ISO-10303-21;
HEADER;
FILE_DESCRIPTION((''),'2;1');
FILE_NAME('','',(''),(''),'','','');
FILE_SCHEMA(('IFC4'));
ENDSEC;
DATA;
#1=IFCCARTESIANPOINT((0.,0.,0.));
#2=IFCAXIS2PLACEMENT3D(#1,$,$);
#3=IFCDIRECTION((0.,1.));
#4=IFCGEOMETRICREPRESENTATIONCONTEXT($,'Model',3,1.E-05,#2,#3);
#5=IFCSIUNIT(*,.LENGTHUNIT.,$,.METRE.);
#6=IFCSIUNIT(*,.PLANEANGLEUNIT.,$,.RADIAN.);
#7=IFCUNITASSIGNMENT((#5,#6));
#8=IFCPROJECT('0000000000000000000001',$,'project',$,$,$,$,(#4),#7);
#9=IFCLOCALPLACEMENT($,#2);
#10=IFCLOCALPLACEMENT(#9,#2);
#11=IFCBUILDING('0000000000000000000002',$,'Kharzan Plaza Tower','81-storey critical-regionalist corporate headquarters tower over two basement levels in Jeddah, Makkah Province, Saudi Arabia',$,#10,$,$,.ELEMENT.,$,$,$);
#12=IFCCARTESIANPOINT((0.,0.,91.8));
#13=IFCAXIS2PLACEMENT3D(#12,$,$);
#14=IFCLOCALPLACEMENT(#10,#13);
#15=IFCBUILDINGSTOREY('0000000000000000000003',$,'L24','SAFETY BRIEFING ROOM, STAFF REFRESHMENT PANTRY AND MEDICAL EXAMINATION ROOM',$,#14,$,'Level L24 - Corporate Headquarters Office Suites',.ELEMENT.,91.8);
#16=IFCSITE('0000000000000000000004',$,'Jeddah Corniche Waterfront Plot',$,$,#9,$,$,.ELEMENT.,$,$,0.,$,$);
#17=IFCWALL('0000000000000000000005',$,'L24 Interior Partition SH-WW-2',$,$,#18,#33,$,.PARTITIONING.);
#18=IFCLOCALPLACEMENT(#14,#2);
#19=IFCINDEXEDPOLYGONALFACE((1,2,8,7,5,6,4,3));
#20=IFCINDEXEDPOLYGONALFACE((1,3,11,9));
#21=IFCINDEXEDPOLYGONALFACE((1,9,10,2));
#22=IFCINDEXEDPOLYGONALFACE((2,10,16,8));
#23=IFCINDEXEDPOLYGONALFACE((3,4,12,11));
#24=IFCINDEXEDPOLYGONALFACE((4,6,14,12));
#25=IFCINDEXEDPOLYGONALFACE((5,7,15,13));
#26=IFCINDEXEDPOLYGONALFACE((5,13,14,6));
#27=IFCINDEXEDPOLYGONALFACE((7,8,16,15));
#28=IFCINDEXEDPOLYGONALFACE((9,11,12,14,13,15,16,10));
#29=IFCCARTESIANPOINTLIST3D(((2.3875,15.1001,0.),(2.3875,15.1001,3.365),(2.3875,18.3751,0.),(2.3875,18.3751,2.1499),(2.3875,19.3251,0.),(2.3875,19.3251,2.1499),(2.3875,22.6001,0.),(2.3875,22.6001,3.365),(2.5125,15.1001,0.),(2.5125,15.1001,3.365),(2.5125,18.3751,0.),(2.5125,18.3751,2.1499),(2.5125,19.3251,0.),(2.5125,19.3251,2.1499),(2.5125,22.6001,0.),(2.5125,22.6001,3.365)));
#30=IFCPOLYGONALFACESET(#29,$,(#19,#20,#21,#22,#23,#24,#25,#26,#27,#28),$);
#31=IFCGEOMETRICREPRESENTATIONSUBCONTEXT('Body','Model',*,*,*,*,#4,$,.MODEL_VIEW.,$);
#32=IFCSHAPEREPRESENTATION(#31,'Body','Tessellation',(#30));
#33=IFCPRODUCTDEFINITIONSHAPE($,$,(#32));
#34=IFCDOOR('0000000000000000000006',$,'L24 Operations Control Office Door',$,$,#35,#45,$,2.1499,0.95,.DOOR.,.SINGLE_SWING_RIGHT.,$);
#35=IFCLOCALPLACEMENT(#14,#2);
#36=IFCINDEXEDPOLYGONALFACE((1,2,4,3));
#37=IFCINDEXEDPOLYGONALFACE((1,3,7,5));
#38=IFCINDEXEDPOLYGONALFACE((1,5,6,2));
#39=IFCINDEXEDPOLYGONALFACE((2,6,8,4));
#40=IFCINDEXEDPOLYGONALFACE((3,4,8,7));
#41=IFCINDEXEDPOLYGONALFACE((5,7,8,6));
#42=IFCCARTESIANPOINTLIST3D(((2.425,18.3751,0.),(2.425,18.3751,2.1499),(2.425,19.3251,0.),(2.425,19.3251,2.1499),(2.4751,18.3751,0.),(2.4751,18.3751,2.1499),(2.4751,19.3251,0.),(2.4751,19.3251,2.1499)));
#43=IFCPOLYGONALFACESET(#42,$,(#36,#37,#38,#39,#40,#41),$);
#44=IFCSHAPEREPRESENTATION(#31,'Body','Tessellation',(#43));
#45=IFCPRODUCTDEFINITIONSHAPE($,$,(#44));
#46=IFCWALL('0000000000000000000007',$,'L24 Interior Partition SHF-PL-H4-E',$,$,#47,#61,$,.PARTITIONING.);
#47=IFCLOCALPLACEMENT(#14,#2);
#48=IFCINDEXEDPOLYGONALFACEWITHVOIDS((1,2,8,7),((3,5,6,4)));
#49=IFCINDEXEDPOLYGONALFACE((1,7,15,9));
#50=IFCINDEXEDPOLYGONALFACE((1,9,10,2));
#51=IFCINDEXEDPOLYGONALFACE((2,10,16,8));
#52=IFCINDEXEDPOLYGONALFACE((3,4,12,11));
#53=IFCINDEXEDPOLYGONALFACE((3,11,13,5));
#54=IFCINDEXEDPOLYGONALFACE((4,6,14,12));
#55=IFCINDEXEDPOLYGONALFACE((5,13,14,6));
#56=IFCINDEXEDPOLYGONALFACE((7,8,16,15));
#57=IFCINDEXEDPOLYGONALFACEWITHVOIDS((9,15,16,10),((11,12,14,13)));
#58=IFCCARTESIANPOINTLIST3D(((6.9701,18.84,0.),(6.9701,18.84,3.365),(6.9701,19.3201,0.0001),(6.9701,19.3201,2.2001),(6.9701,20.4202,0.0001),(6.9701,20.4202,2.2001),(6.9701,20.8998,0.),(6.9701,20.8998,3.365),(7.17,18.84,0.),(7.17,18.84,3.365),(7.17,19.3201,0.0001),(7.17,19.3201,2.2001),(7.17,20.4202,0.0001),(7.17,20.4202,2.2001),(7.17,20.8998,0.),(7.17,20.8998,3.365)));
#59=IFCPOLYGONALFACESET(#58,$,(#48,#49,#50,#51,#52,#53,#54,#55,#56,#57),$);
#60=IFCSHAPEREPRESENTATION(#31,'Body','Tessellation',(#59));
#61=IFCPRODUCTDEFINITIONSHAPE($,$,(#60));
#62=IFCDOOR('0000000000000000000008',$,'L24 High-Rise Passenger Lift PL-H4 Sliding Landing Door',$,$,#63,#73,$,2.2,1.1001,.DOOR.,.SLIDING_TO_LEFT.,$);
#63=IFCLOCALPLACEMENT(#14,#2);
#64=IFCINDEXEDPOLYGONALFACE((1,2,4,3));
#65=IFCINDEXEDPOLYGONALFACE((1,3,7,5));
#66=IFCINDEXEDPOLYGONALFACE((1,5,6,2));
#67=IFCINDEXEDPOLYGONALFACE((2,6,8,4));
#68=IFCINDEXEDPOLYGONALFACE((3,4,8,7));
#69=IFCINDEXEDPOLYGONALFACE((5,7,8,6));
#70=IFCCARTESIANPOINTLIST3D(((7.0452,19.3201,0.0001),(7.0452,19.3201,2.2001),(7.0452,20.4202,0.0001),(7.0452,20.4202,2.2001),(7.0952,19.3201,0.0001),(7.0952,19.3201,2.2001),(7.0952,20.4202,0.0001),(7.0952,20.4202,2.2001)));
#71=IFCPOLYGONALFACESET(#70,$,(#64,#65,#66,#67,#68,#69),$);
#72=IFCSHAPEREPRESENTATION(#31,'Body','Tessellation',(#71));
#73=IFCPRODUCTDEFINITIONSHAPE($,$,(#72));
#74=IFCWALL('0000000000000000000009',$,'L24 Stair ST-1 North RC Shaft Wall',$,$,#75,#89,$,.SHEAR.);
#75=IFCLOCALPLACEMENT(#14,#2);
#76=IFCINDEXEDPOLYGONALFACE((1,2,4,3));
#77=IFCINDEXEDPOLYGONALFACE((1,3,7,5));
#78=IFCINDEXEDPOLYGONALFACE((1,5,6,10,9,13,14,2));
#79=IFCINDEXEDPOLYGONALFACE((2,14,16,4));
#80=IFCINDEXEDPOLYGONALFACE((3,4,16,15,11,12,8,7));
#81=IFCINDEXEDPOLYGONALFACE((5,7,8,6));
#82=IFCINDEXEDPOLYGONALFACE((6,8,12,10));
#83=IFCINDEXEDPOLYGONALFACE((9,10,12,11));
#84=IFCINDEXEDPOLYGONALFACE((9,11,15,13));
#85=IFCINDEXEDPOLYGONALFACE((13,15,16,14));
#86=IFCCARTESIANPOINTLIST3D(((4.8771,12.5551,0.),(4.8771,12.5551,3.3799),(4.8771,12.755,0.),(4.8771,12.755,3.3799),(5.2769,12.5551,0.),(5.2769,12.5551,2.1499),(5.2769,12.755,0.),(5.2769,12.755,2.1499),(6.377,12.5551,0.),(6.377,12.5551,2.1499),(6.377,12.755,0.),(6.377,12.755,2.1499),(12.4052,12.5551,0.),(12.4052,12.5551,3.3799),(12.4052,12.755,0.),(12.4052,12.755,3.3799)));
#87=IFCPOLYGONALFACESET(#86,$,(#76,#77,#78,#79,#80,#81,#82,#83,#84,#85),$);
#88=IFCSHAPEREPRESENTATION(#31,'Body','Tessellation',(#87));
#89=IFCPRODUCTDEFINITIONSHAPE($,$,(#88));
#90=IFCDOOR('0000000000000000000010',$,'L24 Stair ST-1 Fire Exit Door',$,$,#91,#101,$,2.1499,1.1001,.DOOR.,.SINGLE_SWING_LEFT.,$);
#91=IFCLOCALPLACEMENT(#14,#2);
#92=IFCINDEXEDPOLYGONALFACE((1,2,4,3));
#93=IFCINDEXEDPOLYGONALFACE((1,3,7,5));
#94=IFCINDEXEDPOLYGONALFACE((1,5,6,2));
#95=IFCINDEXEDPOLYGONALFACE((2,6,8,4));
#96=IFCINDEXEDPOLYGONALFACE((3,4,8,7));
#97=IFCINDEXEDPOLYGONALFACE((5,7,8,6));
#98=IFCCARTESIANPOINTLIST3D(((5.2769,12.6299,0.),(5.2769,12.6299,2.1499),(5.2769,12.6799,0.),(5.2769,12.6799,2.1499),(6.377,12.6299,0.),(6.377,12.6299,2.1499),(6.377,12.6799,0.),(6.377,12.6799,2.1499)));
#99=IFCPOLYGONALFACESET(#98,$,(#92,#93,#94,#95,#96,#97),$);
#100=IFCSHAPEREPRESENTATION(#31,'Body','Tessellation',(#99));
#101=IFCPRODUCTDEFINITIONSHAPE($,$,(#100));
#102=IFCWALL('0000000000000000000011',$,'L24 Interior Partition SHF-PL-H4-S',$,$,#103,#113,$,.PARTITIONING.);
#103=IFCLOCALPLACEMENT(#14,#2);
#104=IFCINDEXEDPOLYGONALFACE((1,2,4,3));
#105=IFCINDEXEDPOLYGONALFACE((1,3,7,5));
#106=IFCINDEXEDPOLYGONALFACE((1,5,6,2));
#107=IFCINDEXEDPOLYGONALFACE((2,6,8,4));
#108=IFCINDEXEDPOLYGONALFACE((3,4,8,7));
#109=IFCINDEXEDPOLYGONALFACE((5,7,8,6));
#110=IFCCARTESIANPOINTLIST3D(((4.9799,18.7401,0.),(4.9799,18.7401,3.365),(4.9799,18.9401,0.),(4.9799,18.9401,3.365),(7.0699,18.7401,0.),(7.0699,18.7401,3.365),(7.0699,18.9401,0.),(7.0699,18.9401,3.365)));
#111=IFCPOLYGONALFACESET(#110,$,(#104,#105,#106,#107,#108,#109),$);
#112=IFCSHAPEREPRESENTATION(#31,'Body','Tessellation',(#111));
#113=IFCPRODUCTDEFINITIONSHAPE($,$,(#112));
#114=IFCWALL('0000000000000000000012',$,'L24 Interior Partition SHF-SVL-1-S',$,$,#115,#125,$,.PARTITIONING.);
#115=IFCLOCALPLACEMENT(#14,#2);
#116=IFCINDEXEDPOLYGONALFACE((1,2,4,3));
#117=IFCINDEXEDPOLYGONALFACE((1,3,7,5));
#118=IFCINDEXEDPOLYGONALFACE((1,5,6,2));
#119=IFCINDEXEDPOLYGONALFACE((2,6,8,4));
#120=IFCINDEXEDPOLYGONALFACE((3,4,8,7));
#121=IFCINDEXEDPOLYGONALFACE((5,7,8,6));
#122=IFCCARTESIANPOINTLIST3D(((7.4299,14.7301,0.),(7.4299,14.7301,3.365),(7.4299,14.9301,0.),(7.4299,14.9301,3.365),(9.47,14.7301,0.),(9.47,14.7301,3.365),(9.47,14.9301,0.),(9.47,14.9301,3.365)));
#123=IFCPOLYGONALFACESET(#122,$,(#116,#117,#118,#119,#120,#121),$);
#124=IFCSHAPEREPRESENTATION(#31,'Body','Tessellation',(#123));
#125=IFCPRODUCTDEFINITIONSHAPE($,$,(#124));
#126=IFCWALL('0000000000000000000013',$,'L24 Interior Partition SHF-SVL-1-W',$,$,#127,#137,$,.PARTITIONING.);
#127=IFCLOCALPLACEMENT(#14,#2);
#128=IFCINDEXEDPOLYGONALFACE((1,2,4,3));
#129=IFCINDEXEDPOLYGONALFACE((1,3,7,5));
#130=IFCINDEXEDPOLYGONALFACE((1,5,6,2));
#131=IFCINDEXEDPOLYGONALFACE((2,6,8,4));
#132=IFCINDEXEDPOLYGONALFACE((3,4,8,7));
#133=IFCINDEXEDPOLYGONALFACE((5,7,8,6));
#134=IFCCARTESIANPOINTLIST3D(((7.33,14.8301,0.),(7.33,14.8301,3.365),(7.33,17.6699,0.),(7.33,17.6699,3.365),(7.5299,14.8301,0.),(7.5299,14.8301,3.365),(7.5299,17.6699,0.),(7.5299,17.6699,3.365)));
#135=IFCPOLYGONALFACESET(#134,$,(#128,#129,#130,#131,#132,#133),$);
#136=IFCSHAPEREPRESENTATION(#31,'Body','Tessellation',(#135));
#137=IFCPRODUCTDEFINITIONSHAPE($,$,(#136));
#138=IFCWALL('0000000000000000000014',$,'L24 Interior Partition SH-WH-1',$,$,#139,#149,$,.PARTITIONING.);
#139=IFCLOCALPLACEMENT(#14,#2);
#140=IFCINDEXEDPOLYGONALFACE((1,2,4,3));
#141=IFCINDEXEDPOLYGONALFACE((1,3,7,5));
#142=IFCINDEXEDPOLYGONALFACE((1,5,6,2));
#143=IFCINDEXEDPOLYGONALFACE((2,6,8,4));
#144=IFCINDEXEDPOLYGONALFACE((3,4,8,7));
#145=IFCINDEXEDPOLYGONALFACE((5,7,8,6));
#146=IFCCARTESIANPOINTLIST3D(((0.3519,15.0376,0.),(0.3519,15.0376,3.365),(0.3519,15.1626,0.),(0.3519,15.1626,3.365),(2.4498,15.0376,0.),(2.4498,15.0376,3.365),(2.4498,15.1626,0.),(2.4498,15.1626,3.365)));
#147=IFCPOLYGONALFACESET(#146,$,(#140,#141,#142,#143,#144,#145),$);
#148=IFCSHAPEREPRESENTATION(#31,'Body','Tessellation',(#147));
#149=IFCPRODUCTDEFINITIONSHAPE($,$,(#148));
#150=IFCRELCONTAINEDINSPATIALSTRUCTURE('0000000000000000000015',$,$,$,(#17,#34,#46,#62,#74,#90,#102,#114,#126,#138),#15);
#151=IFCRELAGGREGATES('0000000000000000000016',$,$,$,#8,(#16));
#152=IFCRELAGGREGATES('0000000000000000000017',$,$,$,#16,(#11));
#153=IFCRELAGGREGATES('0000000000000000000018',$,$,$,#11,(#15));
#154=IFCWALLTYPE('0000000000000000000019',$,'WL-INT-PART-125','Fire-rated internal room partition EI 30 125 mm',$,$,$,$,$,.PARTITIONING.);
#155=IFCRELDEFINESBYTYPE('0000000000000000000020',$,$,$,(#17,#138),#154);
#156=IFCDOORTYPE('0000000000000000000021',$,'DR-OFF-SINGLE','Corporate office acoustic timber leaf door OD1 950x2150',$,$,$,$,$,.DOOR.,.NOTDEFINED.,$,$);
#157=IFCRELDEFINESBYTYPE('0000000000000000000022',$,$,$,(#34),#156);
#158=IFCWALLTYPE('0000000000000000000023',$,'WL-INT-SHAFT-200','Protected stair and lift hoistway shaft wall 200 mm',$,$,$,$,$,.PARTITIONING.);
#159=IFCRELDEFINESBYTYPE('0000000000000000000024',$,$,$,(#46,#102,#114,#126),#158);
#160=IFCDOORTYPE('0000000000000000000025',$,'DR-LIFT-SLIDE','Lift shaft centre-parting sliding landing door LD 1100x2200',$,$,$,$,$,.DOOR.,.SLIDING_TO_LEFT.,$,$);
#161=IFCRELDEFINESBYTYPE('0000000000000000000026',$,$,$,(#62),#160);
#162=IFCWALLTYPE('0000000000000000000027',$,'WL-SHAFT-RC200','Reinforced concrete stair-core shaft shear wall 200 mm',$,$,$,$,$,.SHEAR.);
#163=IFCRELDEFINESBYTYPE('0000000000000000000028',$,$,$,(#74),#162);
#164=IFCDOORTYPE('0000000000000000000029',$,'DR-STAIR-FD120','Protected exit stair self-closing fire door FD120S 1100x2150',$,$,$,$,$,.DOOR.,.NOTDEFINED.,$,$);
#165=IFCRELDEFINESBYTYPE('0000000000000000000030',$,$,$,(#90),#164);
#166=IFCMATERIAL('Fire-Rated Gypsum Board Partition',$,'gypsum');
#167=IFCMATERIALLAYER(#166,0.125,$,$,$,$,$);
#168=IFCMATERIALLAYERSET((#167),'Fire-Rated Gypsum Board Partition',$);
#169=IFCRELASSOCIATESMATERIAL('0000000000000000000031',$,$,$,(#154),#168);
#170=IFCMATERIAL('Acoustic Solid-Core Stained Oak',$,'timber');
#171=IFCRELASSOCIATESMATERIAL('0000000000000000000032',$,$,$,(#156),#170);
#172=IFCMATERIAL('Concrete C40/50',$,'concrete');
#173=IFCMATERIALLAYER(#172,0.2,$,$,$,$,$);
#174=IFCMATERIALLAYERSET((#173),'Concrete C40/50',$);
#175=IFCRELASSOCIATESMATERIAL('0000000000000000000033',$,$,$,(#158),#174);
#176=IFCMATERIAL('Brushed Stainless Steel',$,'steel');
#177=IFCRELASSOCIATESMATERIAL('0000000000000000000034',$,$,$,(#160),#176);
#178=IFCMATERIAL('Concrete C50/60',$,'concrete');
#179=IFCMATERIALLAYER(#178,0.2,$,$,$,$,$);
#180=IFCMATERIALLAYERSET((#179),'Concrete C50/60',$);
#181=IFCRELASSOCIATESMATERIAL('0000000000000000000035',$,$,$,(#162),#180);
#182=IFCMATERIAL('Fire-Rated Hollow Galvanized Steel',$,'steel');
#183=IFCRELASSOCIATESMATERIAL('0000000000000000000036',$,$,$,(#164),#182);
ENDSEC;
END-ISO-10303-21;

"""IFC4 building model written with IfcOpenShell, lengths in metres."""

from ifc_helpers import new_model, si_unit, direction, frame, frame_2d, origin, place, context, subcontext, project, spatial, rectangle, extrude, source, transform, mapped, material, layer, layer_set, type_object, element, fill, save


model = new_model("IFC4")

# Units and contexts
model_context = context("Model", 3, precision=1e-05, world=origin(), true_north=direction((0.0, 1.0)))
body_context = subcontext(model_context, "Body", "Model", "MODEL_VIEW")
ifc_project = project(units=[si_unit("LENGTHUNIT", "METRE"), si_unit("PLANEANGLEUNIT", "RADIAN")], contexts=[model_context])

# Site, building, storey
site_placement = place(None, origin())
site = spatial("IfcSite", under=ifc_project, at=site_placement, Name="Jeddah Corniche Waterfront Plot", CompositionType="ELEMENT", RefElevation=0.0)
building_placement = place(site_placement, origin())
building = spatial("IfcBuilding", under=site, at=building_placement, Name="Kharzan Plaza Tower", Description="81-storey critical-regionalist corporate headquarters tower over two basement levels in Jeddah, Makkah Province, Saudi Arabia", CompositionType="ELEMENT")
storey_placement = place(building_placement, frame((0.0, 0.0, 91.8)))
storey = spatial("IfcBuildingStorey", under=building, at=storey_placement, Name="L24", Description="SAFETY BRIEFING ROOM, STAFF REFRESHMENT PANTRY AND MEDICAL EXAMINATION ROOM", LongName="Level L24 - Corporate Headquarters Office Suites", CompositionType="ELEMENT", Elevation=91.8)

# Shared definitions
ifc_material_1 = material(Name="Concrete C40/50", Category="concrete")

# Walls, openings, doors
ifc_material_2 = material(Name="Fire-Rated Gypsum Board Partition", Category="gypsum")
ifc_layer_1 = layer(ifc_material_2, 0.125)
ifc_layer_set_1 = layer_set([ifc_layer_1], Name="Fire-Rated Gypsum Board Partition")
wall_type_1 = type_object("IfcWallType", Name="WL-INT-PART-125", Description="Fire-rated internal room partition EI 30 125 mm", PredefinedType="PARTITIONING", material=ifc_layer_set_1)
wall_1_placement = place(storey_placement, frame((2.45, 15.1001, 0.0), z_axis=(0.0, 0.0, 1.0), x_axis=(0.0, 1.0, 0.0)))
wall_1 = element("IfcWall", 1, at=wall_1_placement, inside=storey, type_object=wall_type_1, Name="L24 Interior Partition SH-WW-2", PredefinedType="PARTITIONING", context=body_context, shape_type="SweptSolid", body=[
    extrude(rectangle(XDim=7.5, YDim=0.125, at=frame_2d((3.75, 0.0))), origin(), (0.0, 0.0, 1.0), 3.365),
])
opening_1_placement = place(wall_1_placement, frame((3.2749, 0.0, 0.0)))
opening_1 = element("IfcOpeningElement", 2, at=opening_1_placement, cuts=wall_1, PredefinedType="OPENING", context=body_context, shape_type="SweptSolid", body=[
    extrude(rectangle(XDim=0.95, YDim=2.1499, at=frame_2d((0.4751, 1.075))), frame((0.0, 0.0725, 0.0), z_axis=(0.0, -1.0, 0.0), x_axis=(1.0, 0.0, 0.0)), (0.0, 0.0, 1.0), 0.145),
])
ifc_material_3 = material(Name="Acoustic Solid-Core Stained Oak", Category="timber")
door_type_1 = type_object("IfcDoorType", Name="DR-OFF-SINGLE", Description="Corporate office acoustic timber leaf door OD1 950x2150", OperationType="NOTDEFINED", PredefinedType="DOOR", material=ifc_material_3)
shared_shape_1 = source(origin(), body_context, "Body", "SweptSolid", [
    extrude(rectangle(XDim=0.95, YDim=2.1499, at=frame_2d((0.4751, 1.075))), frame((0.0, 0.0249, 0.0), z_axis=(0.0, -1.0, 0.0), x_axis=(1.0, 0.0, 0.0)), (0.0, 0.0, 1.0), 0.05),
])
door_1_placement = place(opening_1_placement, origin())
door_1 = element("IfcDoor", 3, at=door_1_placement, inside=storey, type_object=door_type_1, Name="L24 Operations Control Office Door", OperationType="SINGLE_SWING_RIGHT", OverallHeight=2.1499, OverallWidth=0.95, PredefinedType="DOOR", context=body_context, shape_type="MappedRepresentation", body=[
    mapped(shared_shape_1, transform((0.0, 0.0, 0.0), x_axis=(1.0, 0.0, 0.0), y_axis=(0.0, 1.0, 0.0), z_axis=(0.0, 0.0, 1.0))),
])
fill(opening_1, door_1)
ifc_layer_2 = layer(ifc_material_1, 0.2)
ifc_layer_set_2 = layer_set([ifc_layer_2], Name="Concrete C40/50")
wall_type_2 = type_object("IfcWallType", Name="WL-INT-SHAFT-200", Description="Protected stair and lift hoistway shaft wall 200 mm", PredefinedType="PARTITIONING", material=ifc_layer_set_2)
wall_2_placement = place(storey_placement, frame((7.0701, 18.8401, 0.0), z_axis=(0.0, 0.0, 1.0), x_axis=(0.0, 1.0, 0.0)))
wall_2 = element("IfcWall", 4, at=wall_2_placement, inside=storey, type_object=wall_type_2, Name="L24 Interior Partition SHF-PL-H4-E", PredefinedType="PARTITIONING", context=body_context, shape_type="SweptSolid", body=[
    extrude(rectangle(XDim=2.0598, YDim=0.2, at=frame_2d((1.0298, 0.0))), origin(), (0.0, 0.0, 1.0), 3.365),
])
opening_2_placement = place(wall_2_placement, frame((0.48, 0.0, 0.0)))
opening_2 = element("IfcOpeningElement", 5, at=opening_2_placement, cuts=wall_2, PredefinedType="OPENING", context=body_context, shape_type="SweptSolid", body=[
    extrude(rectangle(XDim=1.1001, YDim=2.2, at=frame_2d((0.55, 1.1001))), frame((0.0, 0.1099, 0.0), z_axis=(0.0, -1.0, 0.0), x_axis=(1.0, 0.0, 0.0)), (0.0, 0.0, 1.0), 0.22),
])
ifc_material_4 = material(Name="Brushed Stainless Steel", Category="steel")
door_type_2 = type_object("IfcDoorType", Name="DR-LIFT-SLIDE", Description="Lift shaft centre-parting sliding landing door LD 1100x2200", OperationType="SLIDING_TO_LEFT", PredefinedType="DOOR", material=ifc_material_4)
shared_shape_2 = source(origin(), body_context, "Body", "SweptSolid", [
    extrude(rectangle(XDim=1.1001, YDim=2.2, at=frame_2d((0.55, 1.1001))), frame((0.0, 0.0249, 0.0), z_axis=(0.0, -1.0, 0.0), x_axis=(1.0, 0.0, 0.0)), (0.0, 0.0, 1.0), 0.05),
])
door_2_placement = place(opening_2_placement, origin())
door_2 = element("IfcDoor", 6, at=door_2_placement, inside=storey, type_object=door_type_2, Name="L24 High-Rise Passenger Lift PL-H4 Sliding Landing Door", OperationType="SLIDING_TO_LEFT", OverallHeight=2.2, OverallWidth=1.1001, PredefinedType="DOOR", context=body_context, shape_type="MappedRepresentation", body=[
    mapped(shared_shape_2, transform((0.0, 0.0, 0.0), x_axis=(1.0, 0.0, 0.0), y_axis=(0.0, 1.0, 0.0), z_axis=(0.0, 0.0, 1.0))),
])
fill(opening_2, door_2)
ifc_material_5 = material(Name="Concrete C50/60", Category="concrete")
ifc_layer_3 = layer(ifc_material_5, 0.2)
ifc_layer_set_3 = layer_set([ifc_layer_3], Name="Concrete C50/60")
wall_type_3 = type_object("IfcWallType", Name="WL-SHAFT-RC200", Description="Reinforced concrete stair-core shaft shear wall 200 mm", PredefinedType="SHEAR", material=ifc_layer_set_3)
wall_3_placement = place(storey_placement, frame((4.877, 12.655, 0.0), z_axis=(0.0, 0.0, 1.0), x_axis=(1.0, 0.0, 0.0)))
wall_3 = element("IfcWall", 7, at=wall_3_placement, inside=storey, type_object=wall_type_3, Name="L24 Stair ST-1 North RC Shaft Wall", PredefinedType="SHEAR", context=body_context, shape_type="SweptSolid", body=[
    extrude(rectangle(XDim=7.5281, YDim=0.2, at=frame_2d((3.7642, 0.0))), origin(), (0.0, 0.0, 1.0), 3.3799),
])
opening_3_placement = place(wall_3_placement, frame((0.3999, 0.0, 0.0)))
opening_3 = element("IfcOpeningElement", 8, at=opening_3_placement, cuts=wall_3, PredefinedType="OPENING", context=body_context, shape_type="SweptSolid", body=[
    extrude(rectangle(XDim=1.1001, YDim=2.1499, at=frame_2d((0.55, 1.075))), frame((0.0, 0.1099, 0.0), z_axis=(0.0, -1.0, 0.0), x_axis=(1.0, 0.0, 0.0)), (0.0, 0.0, 1.0), 0.22),
])
ifc_material_6 = material(Name="Fire-Rated Hollow Galvanized Steel", Category="steel")
door_type_3 = type_object("IfcDoorType", Name="DR-STAIR-FD120", Description="Protected exit stair self-closing fire door FD120S 1100x2150", OperationType="NOTDEFINED", PredefinedType="DOOR", material=ifc_material_6)
shared_shape_3 = source(origin(), body_context, "Body", "SweptSolid", [
    extrude(rectangle(XDim=1.1001, YDim=2.1499, at=frame_2d((0.55, 1.075))), frame((0.0, 0.0249, 0.0), z_axis=(0.0, -1.0, 0.0), x_axis=(1.0, 0.0, 0.0)), (0.0, 0.0, 1.0), 0.05),
])
door_3_placement = place(opening_3_placement, origin())
door_3 = element("IfcDoor", 9, at=door_3_placement, inside=storey, type_object=door_type_3, Name="L24 Stair ST-1 Fire Exit Door", OperationType="SINGLE_SWING_LEFT", OverallHeight=2.1499, OverallWidth=1.1001, PredefinedType="DOOR", context=body_context, shape_type="MappedRepresentation", body=[
    mapped(shared_shape_3, transform((0.0, 0.0, 0.0), x_axis=(1.0, 0.0, 0.0), y_axis=(0.0, 1.0, 0.0), z_axis=(0.0, 0.0, 1.0))),
])
fill(opening_3, door_3)

# Walls
shared_shape_4 = source(origin(), body_context, "Body", "SweptSolid", [
    extrude(rectangle(XDim=2.0901, YDim=0.2, at=frame_2d((1.0449, 0.0))), origin(), (0.0, 0.0, 1.0), 3.365),
])
wall_4_placement = place(storey_placement, frame((4.98, 18.8401, 0.0), z_axis=(0.0, 0.0, 1.0), x_axis=(1.0, 0.0, 0.0)))
element("IfcWall", 10, at=wall_4_placement, inside=storey, type_object=wall_type_2, Name="L24 Interior Partition SHF-PL-H4-S", PredefinedType="PARTITIONING", context=body_context, shape_type="MappedRepresentation", body=[
    mapped(shared_shape_4, transform((0.0, 0.0, 0.0), x_axis=(1.0, 0.0, 0.0), y_axis=(0.0, 1.0, 0.0), z_axis=(0.0, 0.0, 1.0))),
])
shared_shape_5 = source(origin(), body_context, "Body", "SweptSolid", [
    extrude(rectangle(XDim=2.04, YDim=0.2, at=frame_2d((1.02, 0.0))), origin(), (0.0, 0.0, 1.0), 3.365),
])
wall_5_placement = place(storey_placement, frame((7.4299, 14.8301, 0.0), z_axis=(0.0, 0.0, 1.0), x_axis=(1.0, 0.0, 0.0)))
element("IfcWall", 11, at=wall_5_placement, inside=storey, type_object=wall_type_2, Name="L24 Interior Partition SHF-SVL-1-S", PredefinedType="PARTITIONING", context=body_context, shape_type="MappedRepresentation", body=[
    mapped(shared_shape_5, transform((0.0, 0.0, 0.0), x_axis=(1.0, 0.0, 0.0), y_axis=(0.0, 1.0, 0.0), z_axis=(0.0, 0.0, 1.0))),
])
shared_shape_6 = source(origin(), body_context, "Body", "SweptSolid", [
    extrude(rectangle(XDim=2.8398, YDim=0.2, at=frame_2d((1.4199, 0.0))), origin(), (0.0, 0.0, 1.0), 3.365),
])
wall_6_placement = place(storey_placement, frame((7.4299, 14.8301, 0.0), z_axis=(0.0, 0.0, 1.0), x_axis=(0.0, 1.0, 0.0)))
element("IfcWall", 12, at=wall_6_placement, inside=storey, type_object=wall_type_2, Name="L24 Interior Partition SHF-SVL-1-W", PredefinedType="PARTITIONING", context=body_context, shape_type="MappedRepresentation", body=[
    mapped(shared_shape_6, transform((0.0, 0.0, 0.0), x_axis=(1.0, 0.0, 0.0), y_axis=(0.0, 1.0, 0.0), z_axis=(0.0, 0.0, 1.0))),
])
shared_shape_7 = source(origin(), body_context, "Body", "SweptSolid", [
    extrude(rectangle(XDim=2.0979, YDim=0.125, at=frame_2d((1.0488, 0.0))), origin(), (0.0, 0.0, 1.0), 3.365),
])
wall_7_placement = place(storey_placement, frame((0.3521, 15.1001, 0.0), z_axis=(0.0, 0.0, 1.0), x_axis=(1.0, 0.0, 0.0)))
element("IfcWall", 13, at=wall_7_placement, inside=storey, type_object=wall_type_1, Name="L24 Interior Partition SH-WH-1", PredefinedType="PARTITIONING", context=body_context, shape_type="MappedRepresentation", body=[
    mapped(shared_shape_7, transform((0.0, 0.0, 0.0), x_axis=(1.0, 0.0, 0.0), y_axis=(0.0, 1.0, 0.0), z_axis=(0.0, 0.0, 1.0))),
])

save(model, "model.ifc")
